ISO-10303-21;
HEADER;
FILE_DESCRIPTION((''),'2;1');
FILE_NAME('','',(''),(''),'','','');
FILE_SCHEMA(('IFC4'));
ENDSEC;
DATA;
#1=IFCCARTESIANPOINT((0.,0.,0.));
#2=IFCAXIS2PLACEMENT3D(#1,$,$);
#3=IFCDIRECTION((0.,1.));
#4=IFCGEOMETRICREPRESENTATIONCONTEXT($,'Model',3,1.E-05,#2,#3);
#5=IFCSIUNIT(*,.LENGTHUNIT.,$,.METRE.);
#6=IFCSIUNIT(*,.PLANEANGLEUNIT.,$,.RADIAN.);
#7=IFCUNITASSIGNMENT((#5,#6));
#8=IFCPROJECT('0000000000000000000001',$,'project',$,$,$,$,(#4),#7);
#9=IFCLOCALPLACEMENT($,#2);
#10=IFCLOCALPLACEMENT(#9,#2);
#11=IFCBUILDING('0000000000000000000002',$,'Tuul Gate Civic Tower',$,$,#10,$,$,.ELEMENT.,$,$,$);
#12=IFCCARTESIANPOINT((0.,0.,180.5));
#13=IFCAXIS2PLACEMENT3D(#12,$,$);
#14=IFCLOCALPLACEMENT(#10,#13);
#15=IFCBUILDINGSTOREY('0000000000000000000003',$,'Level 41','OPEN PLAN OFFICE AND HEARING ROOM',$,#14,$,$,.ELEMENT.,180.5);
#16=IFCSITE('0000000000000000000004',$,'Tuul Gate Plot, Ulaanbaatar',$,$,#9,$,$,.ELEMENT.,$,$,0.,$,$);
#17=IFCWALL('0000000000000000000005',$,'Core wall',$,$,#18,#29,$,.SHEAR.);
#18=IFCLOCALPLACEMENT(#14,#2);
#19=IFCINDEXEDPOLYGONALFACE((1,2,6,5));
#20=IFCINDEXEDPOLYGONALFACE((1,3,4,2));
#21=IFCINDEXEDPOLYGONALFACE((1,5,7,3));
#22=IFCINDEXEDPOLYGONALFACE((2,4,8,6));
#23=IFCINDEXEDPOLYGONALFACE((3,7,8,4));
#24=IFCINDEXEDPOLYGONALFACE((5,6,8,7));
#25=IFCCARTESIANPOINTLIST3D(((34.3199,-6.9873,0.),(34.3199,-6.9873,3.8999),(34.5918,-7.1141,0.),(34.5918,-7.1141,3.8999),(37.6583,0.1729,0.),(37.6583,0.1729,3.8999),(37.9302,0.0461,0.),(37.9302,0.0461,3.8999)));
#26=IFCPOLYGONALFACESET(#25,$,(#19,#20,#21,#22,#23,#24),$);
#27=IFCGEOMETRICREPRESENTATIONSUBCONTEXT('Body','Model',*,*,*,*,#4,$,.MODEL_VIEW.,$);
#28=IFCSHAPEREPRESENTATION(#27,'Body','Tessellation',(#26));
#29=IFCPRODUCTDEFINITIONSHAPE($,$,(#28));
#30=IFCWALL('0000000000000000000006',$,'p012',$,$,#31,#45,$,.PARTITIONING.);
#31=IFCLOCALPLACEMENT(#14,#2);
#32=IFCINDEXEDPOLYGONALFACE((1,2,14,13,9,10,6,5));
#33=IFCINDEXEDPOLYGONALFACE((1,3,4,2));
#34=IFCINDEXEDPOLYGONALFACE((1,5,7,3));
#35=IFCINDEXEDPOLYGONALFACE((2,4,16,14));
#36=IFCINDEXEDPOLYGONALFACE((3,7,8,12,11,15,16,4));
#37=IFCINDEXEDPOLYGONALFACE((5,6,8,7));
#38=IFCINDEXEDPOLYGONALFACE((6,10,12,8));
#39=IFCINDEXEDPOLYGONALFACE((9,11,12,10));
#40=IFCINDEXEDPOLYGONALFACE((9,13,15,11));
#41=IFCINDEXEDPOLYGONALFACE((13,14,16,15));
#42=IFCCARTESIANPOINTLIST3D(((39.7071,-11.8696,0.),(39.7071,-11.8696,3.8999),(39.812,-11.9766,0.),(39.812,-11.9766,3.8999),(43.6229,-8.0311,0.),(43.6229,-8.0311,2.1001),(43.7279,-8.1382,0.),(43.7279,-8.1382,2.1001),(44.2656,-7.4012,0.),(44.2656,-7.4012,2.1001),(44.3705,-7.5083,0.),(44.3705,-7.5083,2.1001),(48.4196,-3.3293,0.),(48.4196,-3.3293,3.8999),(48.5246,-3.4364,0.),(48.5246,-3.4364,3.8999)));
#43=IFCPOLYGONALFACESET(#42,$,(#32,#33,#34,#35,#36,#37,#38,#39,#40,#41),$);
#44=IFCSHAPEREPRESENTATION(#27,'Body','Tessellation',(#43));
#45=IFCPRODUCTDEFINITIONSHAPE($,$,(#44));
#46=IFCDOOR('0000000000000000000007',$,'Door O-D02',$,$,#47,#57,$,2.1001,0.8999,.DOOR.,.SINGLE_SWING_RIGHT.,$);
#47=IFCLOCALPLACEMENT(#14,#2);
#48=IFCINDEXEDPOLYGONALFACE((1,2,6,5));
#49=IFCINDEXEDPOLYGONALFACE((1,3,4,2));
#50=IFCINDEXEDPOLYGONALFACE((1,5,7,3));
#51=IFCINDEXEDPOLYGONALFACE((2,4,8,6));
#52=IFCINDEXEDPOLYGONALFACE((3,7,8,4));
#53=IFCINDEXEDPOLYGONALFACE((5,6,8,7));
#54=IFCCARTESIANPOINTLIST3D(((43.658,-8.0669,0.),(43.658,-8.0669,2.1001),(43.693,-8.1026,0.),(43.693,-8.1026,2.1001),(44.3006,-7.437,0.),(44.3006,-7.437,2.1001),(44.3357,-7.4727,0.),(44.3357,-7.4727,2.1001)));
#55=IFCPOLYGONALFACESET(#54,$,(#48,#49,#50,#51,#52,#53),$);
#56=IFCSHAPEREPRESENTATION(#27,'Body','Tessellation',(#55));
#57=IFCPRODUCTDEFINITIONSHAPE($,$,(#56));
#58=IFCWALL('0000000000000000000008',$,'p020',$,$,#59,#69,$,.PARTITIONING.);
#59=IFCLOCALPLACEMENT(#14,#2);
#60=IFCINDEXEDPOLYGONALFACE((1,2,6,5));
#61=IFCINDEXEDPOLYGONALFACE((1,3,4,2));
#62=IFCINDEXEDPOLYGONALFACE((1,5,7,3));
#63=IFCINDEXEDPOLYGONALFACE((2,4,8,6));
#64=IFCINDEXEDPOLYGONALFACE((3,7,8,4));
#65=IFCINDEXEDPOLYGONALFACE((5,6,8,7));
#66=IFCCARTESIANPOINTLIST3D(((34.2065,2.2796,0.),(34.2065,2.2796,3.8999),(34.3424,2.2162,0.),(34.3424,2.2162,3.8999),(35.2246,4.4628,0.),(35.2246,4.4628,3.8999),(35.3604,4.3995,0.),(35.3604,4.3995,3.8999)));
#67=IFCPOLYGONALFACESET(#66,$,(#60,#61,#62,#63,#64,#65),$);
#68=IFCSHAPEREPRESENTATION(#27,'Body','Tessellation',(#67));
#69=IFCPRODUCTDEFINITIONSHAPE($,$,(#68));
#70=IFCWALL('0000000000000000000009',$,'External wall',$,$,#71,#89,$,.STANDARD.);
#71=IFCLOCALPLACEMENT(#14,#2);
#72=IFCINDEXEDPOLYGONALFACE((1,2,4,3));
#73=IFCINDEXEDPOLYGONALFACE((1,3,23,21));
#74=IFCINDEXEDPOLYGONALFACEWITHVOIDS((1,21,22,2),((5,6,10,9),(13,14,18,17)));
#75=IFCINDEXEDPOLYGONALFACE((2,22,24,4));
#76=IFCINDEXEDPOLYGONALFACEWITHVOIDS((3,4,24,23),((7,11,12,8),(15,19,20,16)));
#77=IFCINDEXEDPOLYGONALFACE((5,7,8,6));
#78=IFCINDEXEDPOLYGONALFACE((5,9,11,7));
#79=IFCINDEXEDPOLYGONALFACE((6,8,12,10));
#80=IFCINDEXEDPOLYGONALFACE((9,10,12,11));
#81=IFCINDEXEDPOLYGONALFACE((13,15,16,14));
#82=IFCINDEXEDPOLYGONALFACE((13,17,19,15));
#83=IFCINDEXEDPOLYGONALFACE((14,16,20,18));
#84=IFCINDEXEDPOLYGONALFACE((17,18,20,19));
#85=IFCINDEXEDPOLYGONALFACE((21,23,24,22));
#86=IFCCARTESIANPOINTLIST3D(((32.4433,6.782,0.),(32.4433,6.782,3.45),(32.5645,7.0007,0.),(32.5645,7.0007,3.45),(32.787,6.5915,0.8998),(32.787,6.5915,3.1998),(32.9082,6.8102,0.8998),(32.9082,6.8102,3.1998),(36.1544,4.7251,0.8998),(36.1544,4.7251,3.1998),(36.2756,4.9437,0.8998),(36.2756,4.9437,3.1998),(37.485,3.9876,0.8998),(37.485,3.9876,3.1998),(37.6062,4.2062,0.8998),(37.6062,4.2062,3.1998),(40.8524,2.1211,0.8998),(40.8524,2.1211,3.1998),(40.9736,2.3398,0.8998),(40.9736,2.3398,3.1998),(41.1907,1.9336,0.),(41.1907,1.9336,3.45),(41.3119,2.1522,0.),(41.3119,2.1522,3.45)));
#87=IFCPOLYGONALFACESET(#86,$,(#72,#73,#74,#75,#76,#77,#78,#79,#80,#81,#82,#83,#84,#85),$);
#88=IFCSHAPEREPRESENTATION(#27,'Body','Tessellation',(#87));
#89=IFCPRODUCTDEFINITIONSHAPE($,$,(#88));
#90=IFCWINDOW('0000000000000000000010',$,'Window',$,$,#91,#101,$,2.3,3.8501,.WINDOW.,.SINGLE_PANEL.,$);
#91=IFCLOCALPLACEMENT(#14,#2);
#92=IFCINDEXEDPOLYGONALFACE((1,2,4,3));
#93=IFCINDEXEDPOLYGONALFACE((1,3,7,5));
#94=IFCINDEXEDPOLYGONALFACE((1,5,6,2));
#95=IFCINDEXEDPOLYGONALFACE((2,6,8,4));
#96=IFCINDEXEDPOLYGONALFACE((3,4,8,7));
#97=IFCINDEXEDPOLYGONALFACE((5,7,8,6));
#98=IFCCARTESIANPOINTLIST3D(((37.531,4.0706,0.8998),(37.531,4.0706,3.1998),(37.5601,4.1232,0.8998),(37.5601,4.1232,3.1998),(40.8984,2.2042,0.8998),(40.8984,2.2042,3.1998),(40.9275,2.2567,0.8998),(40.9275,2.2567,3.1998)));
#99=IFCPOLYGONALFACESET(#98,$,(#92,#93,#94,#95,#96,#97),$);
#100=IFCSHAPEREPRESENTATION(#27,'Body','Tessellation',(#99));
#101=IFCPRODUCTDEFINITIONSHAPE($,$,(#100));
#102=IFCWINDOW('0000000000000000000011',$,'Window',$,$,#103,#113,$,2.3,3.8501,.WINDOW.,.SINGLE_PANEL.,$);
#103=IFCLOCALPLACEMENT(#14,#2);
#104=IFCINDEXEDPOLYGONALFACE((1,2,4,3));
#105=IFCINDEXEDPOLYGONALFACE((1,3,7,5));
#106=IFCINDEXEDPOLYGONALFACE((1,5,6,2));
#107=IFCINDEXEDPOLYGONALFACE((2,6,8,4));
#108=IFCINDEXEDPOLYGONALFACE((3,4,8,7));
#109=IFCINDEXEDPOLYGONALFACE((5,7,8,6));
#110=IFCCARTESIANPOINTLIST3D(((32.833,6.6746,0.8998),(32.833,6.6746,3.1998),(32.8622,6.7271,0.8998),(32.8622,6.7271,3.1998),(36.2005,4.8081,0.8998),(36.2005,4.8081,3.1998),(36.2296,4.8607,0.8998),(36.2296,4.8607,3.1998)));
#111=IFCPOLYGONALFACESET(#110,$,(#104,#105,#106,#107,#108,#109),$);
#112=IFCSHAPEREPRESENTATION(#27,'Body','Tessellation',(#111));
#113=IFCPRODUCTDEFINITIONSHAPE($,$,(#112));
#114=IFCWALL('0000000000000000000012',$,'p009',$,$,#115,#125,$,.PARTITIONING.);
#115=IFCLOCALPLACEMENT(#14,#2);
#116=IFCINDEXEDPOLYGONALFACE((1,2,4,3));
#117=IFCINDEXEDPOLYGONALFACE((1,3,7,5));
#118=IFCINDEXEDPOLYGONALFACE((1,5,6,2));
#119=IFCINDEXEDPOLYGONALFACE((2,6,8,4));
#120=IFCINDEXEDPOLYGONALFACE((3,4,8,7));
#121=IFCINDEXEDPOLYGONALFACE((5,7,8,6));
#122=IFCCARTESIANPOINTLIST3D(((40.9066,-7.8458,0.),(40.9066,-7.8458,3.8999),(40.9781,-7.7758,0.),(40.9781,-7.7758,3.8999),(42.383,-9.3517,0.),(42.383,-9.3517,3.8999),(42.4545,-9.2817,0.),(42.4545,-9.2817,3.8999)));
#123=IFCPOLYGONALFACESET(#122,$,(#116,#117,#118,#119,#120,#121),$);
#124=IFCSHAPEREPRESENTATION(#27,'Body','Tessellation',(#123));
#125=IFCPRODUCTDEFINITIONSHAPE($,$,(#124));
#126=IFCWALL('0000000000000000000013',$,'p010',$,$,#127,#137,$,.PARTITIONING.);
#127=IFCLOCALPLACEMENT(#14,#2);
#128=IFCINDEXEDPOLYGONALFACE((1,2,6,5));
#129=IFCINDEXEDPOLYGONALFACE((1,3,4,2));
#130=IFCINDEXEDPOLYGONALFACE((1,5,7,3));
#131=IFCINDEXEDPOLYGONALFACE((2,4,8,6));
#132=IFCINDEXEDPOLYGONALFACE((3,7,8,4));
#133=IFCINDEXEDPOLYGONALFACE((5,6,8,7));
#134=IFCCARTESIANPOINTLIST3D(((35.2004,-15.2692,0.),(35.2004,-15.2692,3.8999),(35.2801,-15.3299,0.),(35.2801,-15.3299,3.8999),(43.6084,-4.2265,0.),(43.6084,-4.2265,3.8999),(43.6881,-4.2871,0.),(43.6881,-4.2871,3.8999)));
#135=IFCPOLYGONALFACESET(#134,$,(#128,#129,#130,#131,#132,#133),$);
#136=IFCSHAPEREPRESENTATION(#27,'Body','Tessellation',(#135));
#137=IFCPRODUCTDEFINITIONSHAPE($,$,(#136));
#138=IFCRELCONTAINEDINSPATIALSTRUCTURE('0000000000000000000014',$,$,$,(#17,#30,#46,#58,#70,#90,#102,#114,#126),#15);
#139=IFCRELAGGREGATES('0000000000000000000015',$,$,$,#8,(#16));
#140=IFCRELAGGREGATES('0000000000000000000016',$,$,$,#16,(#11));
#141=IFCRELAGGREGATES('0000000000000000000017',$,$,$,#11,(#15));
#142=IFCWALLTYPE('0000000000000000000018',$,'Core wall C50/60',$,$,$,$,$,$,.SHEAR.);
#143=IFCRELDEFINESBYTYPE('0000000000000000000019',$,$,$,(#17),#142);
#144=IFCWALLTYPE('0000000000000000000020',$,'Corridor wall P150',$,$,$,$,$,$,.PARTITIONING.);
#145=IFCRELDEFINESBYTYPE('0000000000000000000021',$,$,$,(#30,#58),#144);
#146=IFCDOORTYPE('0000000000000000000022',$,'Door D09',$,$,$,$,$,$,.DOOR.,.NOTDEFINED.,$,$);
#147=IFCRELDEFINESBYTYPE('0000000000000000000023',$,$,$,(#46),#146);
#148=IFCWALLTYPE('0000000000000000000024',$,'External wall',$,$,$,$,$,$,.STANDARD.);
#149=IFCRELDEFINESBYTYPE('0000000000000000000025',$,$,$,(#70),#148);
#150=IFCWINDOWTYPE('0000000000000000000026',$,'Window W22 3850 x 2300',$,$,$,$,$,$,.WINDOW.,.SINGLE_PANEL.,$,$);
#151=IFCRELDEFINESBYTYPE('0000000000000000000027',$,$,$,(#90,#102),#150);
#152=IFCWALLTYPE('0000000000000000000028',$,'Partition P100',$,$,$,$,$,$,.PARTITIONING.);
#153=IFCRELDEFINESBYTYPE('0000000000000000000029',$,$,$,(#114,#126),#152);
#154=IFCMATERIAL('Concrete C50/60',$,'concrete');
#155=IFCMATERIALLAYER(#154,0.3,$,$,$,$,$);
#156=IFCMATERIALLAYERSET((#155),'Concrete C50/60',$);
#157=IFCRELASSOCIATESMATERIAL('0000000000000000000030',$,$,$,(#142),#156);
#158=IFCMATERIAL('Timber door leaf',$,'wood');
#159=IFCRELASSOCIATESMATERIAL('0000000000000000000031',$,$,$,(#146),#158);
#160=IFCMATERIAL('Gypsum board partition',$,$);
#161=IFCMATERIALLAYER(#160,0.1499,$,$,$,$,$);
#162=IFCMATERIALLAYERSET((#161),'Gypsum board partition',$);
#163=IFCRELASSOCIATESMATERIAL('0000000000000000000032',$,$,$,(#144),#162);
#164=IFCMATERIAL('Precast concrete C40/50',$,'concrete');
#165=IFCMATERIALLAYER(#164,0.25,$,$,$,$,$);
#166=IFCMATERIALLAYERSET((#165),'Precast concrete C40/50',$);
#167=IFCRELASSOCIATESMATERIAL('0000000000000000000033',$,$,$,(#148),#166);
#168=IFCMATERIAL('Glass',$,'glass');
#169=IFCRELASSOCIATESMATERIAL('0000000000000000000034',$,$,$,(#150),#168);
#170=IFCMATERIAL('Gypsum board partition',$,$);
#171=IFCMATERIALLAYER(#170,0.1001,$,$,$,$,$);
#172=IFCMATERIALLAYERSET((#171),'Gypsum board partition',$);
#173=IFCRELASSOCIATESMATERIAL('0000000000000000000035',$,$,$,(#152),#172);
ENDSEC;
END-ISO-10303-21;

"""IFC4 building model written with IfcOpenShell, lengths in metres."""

from ifc_helpers import new_model, si_unit, direction, frame, frame_2d, origin, place, context, subcontext, project, spatial, rectangle, extrude, material, layer, layer_set, type_object, element, fill, save


model = new_model("IFC4")

# Units and contexts
model_context = context("Model", 3, precision=1e-05, world=origin(), true_north=direction((0.0, 1.0)))
body_context = subcontext(model_context, "Body", "Model", "MODEL_VIEW")
ifc_project = project(units=[si_unit("LENGTHUNIT", "METRE"), si_unit("PLANEANGLEUNIT", "RADIAN")], contexts=[model_context])

# Site, building, storey
site_placement = place(None, origin())
site = spatial("IfcSite", under=ifc_project, at=site_placement, Name="Tuul Gate Plot, Ulaanbaatar", CompositionType="ELEMENT", RefElevation=0.0)
building_placement = place(site_placement, origin())
building = spatial("IfcBuilding", under=site, at=building_placement, Name="Tuul Gate Civic Tower", CompositionType="ELEMENT")
storey_placement = place(building_placement, frame((0.0, 0.0, 180.5)))
storey = spatial("IfcBuildingStorey", under=building, at=storey_placement, Name="Level 41", Description="OPEN PLAN OFFICE AND HEARING ROOM", CompositionType="ELEMENT", Elevation=180.5)

# Shared definitions
ifc_material_1 = material(Name="Concrete C50/60", Category="concrete")
ifc_layer_1 = layer(ifc_material_1, 0.3)
ifc_layer_set_1 = layer_set([ifc_layer_1], Name="Concrete C50/60")
wall_type_1 = type_object("IfcWallType", Name="Core wall C50/60", PredefinedType="SHEAR", material=ifc_layer_set_1)

# Shared definitions
ifc_material_2 = material(Name="Timber door leaf", Category="wood")
door_type_1 = type_object("IfcDoorType", Name="Door D09", OperationType="NOTDEFINED", PredefinedType="DOOR", material=ifc_material_2)

# Wall
wall_1_placement = place(storey_placement, frame((34.4558, -7.0508, 0.0), z_axis=(0.0, 0.0, 1.0), x_axis=(0.422571, 0.90633, 0.0)))
element("IfcWall", 1, at=wall_1_placement, inside=storey, type_object=wall_type_1, Name="Core wall", PredefinedType="SHEAR", context=body_context, shape_type="SweptSolid", body=[
    extrude(rectangle(XDim=7.9001, YDim=0.3, at=frame_2d((3.9502, 0.0))), origin(), (0.0, 0.0, 1.0), 3.8999),
])

# Wall, opening, door
ifc_material_3 = material(Name="Gypsum board partition")
ifc_layer_2 = layer(ifc_material_3, 0.1499)
ifc_layer_set_2 = layer_set([ifc_layer_2], Name="Gypsum board partition")
wall_type_2 = type_object("IfcWallType", Name="Corridor wall P150", PredefinedType="PARTITIONING", material=ifc_layer_set_2)
wall_2_placement = place(storey_placement, frame((39.7595, -11.9231, 0.0), z_axis=(0.0, 0.0, 1.0), x_axis=(0.714135, 0.700008, 0.0)))
wall_2 = element("IfcWall", 2, at=wall_2_placement, inside=storey, type_object=wall_type_2, Name="p012", PredefinedType="PARTITIONING", context=body_context, shape_type="SweptSolid", body=[
    extrude(rectangle(XDim=12.2002, YDim=0.1499, at=frame_2d((6.1001, 0.0))), origin(), (0.0, 0.0, 1.0), 3.8999),
])
opening_1_placement = place(wall_2_placement, frame((5.4834, 0.0, 0.0)))
opening_1 = element("IfcOpeningElement", 3, at=opening_1_placement, cuts=wall_2, PredefinedType="OPENING", context=body_context, shape_type="SweptSolid", body=[
    extrude(rectangle(XDim=0.8999, YDim=2.1001, at=frame_2d((0.45, 1.05))), frame((0.0, 0.085, 0.0), z_axis=(0.0, -1.0, 0.0), x_axis=(1.0, 0.0, 0.0)), (0.0, 0.0, 1.0), 0.1699),
])
door_1_placement = place(opening_1_placement, origin())
door_1 = element("IfcDoor", 4, at=door_1_placement, inside=storey, type_object=door_type_1, Name="Door O-D02", OperationType="SINGLE_SWING_RIGHT", OverallHeight=2.1001, OverallWidth=0.8999, PredefinedType="DOOR", context=body_context, shape_type="SweptSolid", body=[
    extrude(rectangle(XDim=0.8999, YDim=2.1001, at=frame_2d((0.45, 1.05))), frame((0.0, 0.0249, 0.0), z_axis=(0.0, -1.0, 0.0), x_axis=(1.0, 0.0, 0.0)), (0.0, 0.0, 1.0), 0.05),
])
fill(opening_1, door_1)

# Wall
wall_3_placement = place(storey_placement, frame((34.2744, 2.2478, 0.0), z_axis=(0.0, 0.0, 1.0), x_axis=(0.422602, 0.906315, 0.0)))
element("IfcWall", 5, at=wall_3_placement, inside=storey, type_object=wall_type_2, Name="p020", PredefinedType="PARTITIONING", context=body_context, shape_type="SweptSolid", body=[
    extrude(rectangle(XDim=2.4089, YDim=0.1499, at=frame_2d((1.2046, 0.0))), origin(), (0.0, 0.0, 1.0), 3.8999),
])

# Wall, openings, windows
ifc_material_4 = material(Name="Precast concrete C40/50", Category="concrete")
ifc_layer_3 = layer(ifc_material_4, 0.25)
ifc_layer_set_3 = layer_set([ifc_layer_3], Name="Precast concrete C40/50")
wall_type_3 = type_object("IfcWallType", Name="External wall", PredefinedType="STANDARD", material=ifc_layer_set_3)
wall_4_placement = place(storey_placement, frame((41.2512, 2.043, 0.0), z_axis=(0.0, 0.0, 1.0), x_axis=(-0.874634, 0.484785, 0.0)))
wall_4 = element("IfcWall", 6, at=wall_4_placement, inside=storey, type_object=wall_type_3, Name="External wall", PredefinedType="STANDARD", context=body_context, shape_type="SweptSolid", body=[
    extrude(rectangle(XDim=10.0012, YDim=0.25, at=frame_2d((5.0005, 0.0))), origin(), (0.0, 0.0, 1.0), 3.45),
])
opening_2_placement = place(wall_4_placement, frame((0.3867, 0.0, 0.8999)))
opening_2 = element("IfcOpeningElement", 7, at=opening_2_placement, cuts=wall_4, PredefinedType="OPENING", context=body_context, shape_type="SweptSolid", body=[
    extrude(rectangle(XDim=3.8501, YDim=2.3, at=frame_2d((1.925, 1.1499))), frame((0.0, 0.135, 0.0), z_axis=(0.0, -1.0, 0.0), x_axis=(1.0, 0.0, 0.0)), (0.0, 0.0, 1.0), 0.27),
])
opening_3_placement = place(wall_4_placement, frame((5.7581, 0.0, 0.8999)))
opening_3 = element("IfcOpeningElement", 8, at=opening_3_placement, cuts=wall_4, PredefinedType="OPENING", context=body_context, shape_type="SweptSolid", body=[
    extrude(rectangle(XDim=3.8501, YDim=2.3, at=frame_2d((1.925, 1.1499))), frame((0.0, 0.135, 0.0), z_axis=(0.0, -1.0, 0.0), x_axis=(1.0, 0.0, 0.0)), (0.0, 0.0, 1.0), 0.27),
])
ifc_material_5 = material(Name="Glass", Category="glass")
window_type = type_object("IfcWindowType", Name="Window W22 3850 x 2300", PartitioningType="SINGLE_PANEL", PredefinedType="WINDOW", material=ifc_material_5)
window_1_placement = place(opening_2_placement, origin())
window_1 = element("IfcWindow", 9, at=window_1_placement, inside=storey, type_object=window_type, Name="Window", OverallHeight=2.3, OverallWidth=3.8501, PartitioningType="SINGLE_PANEL", PredefinedType="WINDOW", context=body_context, shape_type="SweptSolid", body=[
    extrude(rectangle(XDim=3.8501, YDim=2.3, at=frame_2d((1.925, 1.1499))), frame((0.0, 0.03, 0.0), z_axis=(0.0, -1.0, 0.0), x_axis=(1.0, 0.0, 0.0)), (0.0, 0.0, 1.0), 0.0601),
])
fill(opening_2, window_1)
window_2_placement = place(opening_3_placement, origin())
window_2 = element("IfcWindow", 10, at=window_2_placement, inside=storey, type_object=window_type, Name="Window", OverallHeight=2.3, OverallWidth=3.8501, PartitioningType="SINGLE_PANEL", PredefinedType="WINDOW", context=body_context, shape_type="SweptSolid", body=[
    extrude(rectangle(XDim=3.8501, YDim=2.3, at=frame_2d((1.925, 1.1499))), frame((0.0, 0.03, 0.0), z_axis=(0.0, -1.0, 0.0), x_axis=(1.0, 0.0, 0.0)), (0.0, 0.0, 1.0), 0.0601),
])
fill(opening_3, window_2)

# Walls
ifc_material_6 = material(Name="Gypsum board partition")
ifc_layer_4 = layer(ifc_material_6, 0.1001)
ifc_layer_set_4 = layer_set([ifc_layer_4], Name="Gypsum board partition")
wall_type_4 = type_object("IfcWallType", Name="Partition P100", PredefinedType="PARTITIONING", material=ifc_layer_set_4)
wall_5_placement = place(storey_placement, frame((40.9424, -7.8108, 0.0), z_axis=(0.0, 0.0, 1.0), x_axis=(0.700068, -0.714076, 0.0)))
element("IfcWall", 11, at=wall_5_placement, inside=storey, type_object=wall_type_4, Name="p009", PredefinedType="PARTITIONING", context=body_context, shape_type="SweptSolid", body=[
    extrude(rectangle(XDim=2.1089, YDim=0.1001, at=frame_2d((1.0544, 0.0))), origin(), (0.0, 0.0, 1.0), 3.8999),
])
wall_6_placement = place(storey_placement, frame((35.2402, -15.2996, 0.0), z_axis=(0.0, 0.0, 1.0), x_axis=(0.60579, 0.795624, 0.0)))
element("IfcWall", 12, at=wall_6_placement, inside=storey, type_object=wall_type_4, Name="p010", PredefinedType="PARTITIONING", context=body_context, shape_type="SweptSolid", body=[
    extrude(rectangle(XDim=13.8794, YDim=0.1001, at=frame_2d((6.9397, 0.0))), origin(), (0.0, 0.0, 1.0), 3.8999),
])

save(model, "model.ifc")
